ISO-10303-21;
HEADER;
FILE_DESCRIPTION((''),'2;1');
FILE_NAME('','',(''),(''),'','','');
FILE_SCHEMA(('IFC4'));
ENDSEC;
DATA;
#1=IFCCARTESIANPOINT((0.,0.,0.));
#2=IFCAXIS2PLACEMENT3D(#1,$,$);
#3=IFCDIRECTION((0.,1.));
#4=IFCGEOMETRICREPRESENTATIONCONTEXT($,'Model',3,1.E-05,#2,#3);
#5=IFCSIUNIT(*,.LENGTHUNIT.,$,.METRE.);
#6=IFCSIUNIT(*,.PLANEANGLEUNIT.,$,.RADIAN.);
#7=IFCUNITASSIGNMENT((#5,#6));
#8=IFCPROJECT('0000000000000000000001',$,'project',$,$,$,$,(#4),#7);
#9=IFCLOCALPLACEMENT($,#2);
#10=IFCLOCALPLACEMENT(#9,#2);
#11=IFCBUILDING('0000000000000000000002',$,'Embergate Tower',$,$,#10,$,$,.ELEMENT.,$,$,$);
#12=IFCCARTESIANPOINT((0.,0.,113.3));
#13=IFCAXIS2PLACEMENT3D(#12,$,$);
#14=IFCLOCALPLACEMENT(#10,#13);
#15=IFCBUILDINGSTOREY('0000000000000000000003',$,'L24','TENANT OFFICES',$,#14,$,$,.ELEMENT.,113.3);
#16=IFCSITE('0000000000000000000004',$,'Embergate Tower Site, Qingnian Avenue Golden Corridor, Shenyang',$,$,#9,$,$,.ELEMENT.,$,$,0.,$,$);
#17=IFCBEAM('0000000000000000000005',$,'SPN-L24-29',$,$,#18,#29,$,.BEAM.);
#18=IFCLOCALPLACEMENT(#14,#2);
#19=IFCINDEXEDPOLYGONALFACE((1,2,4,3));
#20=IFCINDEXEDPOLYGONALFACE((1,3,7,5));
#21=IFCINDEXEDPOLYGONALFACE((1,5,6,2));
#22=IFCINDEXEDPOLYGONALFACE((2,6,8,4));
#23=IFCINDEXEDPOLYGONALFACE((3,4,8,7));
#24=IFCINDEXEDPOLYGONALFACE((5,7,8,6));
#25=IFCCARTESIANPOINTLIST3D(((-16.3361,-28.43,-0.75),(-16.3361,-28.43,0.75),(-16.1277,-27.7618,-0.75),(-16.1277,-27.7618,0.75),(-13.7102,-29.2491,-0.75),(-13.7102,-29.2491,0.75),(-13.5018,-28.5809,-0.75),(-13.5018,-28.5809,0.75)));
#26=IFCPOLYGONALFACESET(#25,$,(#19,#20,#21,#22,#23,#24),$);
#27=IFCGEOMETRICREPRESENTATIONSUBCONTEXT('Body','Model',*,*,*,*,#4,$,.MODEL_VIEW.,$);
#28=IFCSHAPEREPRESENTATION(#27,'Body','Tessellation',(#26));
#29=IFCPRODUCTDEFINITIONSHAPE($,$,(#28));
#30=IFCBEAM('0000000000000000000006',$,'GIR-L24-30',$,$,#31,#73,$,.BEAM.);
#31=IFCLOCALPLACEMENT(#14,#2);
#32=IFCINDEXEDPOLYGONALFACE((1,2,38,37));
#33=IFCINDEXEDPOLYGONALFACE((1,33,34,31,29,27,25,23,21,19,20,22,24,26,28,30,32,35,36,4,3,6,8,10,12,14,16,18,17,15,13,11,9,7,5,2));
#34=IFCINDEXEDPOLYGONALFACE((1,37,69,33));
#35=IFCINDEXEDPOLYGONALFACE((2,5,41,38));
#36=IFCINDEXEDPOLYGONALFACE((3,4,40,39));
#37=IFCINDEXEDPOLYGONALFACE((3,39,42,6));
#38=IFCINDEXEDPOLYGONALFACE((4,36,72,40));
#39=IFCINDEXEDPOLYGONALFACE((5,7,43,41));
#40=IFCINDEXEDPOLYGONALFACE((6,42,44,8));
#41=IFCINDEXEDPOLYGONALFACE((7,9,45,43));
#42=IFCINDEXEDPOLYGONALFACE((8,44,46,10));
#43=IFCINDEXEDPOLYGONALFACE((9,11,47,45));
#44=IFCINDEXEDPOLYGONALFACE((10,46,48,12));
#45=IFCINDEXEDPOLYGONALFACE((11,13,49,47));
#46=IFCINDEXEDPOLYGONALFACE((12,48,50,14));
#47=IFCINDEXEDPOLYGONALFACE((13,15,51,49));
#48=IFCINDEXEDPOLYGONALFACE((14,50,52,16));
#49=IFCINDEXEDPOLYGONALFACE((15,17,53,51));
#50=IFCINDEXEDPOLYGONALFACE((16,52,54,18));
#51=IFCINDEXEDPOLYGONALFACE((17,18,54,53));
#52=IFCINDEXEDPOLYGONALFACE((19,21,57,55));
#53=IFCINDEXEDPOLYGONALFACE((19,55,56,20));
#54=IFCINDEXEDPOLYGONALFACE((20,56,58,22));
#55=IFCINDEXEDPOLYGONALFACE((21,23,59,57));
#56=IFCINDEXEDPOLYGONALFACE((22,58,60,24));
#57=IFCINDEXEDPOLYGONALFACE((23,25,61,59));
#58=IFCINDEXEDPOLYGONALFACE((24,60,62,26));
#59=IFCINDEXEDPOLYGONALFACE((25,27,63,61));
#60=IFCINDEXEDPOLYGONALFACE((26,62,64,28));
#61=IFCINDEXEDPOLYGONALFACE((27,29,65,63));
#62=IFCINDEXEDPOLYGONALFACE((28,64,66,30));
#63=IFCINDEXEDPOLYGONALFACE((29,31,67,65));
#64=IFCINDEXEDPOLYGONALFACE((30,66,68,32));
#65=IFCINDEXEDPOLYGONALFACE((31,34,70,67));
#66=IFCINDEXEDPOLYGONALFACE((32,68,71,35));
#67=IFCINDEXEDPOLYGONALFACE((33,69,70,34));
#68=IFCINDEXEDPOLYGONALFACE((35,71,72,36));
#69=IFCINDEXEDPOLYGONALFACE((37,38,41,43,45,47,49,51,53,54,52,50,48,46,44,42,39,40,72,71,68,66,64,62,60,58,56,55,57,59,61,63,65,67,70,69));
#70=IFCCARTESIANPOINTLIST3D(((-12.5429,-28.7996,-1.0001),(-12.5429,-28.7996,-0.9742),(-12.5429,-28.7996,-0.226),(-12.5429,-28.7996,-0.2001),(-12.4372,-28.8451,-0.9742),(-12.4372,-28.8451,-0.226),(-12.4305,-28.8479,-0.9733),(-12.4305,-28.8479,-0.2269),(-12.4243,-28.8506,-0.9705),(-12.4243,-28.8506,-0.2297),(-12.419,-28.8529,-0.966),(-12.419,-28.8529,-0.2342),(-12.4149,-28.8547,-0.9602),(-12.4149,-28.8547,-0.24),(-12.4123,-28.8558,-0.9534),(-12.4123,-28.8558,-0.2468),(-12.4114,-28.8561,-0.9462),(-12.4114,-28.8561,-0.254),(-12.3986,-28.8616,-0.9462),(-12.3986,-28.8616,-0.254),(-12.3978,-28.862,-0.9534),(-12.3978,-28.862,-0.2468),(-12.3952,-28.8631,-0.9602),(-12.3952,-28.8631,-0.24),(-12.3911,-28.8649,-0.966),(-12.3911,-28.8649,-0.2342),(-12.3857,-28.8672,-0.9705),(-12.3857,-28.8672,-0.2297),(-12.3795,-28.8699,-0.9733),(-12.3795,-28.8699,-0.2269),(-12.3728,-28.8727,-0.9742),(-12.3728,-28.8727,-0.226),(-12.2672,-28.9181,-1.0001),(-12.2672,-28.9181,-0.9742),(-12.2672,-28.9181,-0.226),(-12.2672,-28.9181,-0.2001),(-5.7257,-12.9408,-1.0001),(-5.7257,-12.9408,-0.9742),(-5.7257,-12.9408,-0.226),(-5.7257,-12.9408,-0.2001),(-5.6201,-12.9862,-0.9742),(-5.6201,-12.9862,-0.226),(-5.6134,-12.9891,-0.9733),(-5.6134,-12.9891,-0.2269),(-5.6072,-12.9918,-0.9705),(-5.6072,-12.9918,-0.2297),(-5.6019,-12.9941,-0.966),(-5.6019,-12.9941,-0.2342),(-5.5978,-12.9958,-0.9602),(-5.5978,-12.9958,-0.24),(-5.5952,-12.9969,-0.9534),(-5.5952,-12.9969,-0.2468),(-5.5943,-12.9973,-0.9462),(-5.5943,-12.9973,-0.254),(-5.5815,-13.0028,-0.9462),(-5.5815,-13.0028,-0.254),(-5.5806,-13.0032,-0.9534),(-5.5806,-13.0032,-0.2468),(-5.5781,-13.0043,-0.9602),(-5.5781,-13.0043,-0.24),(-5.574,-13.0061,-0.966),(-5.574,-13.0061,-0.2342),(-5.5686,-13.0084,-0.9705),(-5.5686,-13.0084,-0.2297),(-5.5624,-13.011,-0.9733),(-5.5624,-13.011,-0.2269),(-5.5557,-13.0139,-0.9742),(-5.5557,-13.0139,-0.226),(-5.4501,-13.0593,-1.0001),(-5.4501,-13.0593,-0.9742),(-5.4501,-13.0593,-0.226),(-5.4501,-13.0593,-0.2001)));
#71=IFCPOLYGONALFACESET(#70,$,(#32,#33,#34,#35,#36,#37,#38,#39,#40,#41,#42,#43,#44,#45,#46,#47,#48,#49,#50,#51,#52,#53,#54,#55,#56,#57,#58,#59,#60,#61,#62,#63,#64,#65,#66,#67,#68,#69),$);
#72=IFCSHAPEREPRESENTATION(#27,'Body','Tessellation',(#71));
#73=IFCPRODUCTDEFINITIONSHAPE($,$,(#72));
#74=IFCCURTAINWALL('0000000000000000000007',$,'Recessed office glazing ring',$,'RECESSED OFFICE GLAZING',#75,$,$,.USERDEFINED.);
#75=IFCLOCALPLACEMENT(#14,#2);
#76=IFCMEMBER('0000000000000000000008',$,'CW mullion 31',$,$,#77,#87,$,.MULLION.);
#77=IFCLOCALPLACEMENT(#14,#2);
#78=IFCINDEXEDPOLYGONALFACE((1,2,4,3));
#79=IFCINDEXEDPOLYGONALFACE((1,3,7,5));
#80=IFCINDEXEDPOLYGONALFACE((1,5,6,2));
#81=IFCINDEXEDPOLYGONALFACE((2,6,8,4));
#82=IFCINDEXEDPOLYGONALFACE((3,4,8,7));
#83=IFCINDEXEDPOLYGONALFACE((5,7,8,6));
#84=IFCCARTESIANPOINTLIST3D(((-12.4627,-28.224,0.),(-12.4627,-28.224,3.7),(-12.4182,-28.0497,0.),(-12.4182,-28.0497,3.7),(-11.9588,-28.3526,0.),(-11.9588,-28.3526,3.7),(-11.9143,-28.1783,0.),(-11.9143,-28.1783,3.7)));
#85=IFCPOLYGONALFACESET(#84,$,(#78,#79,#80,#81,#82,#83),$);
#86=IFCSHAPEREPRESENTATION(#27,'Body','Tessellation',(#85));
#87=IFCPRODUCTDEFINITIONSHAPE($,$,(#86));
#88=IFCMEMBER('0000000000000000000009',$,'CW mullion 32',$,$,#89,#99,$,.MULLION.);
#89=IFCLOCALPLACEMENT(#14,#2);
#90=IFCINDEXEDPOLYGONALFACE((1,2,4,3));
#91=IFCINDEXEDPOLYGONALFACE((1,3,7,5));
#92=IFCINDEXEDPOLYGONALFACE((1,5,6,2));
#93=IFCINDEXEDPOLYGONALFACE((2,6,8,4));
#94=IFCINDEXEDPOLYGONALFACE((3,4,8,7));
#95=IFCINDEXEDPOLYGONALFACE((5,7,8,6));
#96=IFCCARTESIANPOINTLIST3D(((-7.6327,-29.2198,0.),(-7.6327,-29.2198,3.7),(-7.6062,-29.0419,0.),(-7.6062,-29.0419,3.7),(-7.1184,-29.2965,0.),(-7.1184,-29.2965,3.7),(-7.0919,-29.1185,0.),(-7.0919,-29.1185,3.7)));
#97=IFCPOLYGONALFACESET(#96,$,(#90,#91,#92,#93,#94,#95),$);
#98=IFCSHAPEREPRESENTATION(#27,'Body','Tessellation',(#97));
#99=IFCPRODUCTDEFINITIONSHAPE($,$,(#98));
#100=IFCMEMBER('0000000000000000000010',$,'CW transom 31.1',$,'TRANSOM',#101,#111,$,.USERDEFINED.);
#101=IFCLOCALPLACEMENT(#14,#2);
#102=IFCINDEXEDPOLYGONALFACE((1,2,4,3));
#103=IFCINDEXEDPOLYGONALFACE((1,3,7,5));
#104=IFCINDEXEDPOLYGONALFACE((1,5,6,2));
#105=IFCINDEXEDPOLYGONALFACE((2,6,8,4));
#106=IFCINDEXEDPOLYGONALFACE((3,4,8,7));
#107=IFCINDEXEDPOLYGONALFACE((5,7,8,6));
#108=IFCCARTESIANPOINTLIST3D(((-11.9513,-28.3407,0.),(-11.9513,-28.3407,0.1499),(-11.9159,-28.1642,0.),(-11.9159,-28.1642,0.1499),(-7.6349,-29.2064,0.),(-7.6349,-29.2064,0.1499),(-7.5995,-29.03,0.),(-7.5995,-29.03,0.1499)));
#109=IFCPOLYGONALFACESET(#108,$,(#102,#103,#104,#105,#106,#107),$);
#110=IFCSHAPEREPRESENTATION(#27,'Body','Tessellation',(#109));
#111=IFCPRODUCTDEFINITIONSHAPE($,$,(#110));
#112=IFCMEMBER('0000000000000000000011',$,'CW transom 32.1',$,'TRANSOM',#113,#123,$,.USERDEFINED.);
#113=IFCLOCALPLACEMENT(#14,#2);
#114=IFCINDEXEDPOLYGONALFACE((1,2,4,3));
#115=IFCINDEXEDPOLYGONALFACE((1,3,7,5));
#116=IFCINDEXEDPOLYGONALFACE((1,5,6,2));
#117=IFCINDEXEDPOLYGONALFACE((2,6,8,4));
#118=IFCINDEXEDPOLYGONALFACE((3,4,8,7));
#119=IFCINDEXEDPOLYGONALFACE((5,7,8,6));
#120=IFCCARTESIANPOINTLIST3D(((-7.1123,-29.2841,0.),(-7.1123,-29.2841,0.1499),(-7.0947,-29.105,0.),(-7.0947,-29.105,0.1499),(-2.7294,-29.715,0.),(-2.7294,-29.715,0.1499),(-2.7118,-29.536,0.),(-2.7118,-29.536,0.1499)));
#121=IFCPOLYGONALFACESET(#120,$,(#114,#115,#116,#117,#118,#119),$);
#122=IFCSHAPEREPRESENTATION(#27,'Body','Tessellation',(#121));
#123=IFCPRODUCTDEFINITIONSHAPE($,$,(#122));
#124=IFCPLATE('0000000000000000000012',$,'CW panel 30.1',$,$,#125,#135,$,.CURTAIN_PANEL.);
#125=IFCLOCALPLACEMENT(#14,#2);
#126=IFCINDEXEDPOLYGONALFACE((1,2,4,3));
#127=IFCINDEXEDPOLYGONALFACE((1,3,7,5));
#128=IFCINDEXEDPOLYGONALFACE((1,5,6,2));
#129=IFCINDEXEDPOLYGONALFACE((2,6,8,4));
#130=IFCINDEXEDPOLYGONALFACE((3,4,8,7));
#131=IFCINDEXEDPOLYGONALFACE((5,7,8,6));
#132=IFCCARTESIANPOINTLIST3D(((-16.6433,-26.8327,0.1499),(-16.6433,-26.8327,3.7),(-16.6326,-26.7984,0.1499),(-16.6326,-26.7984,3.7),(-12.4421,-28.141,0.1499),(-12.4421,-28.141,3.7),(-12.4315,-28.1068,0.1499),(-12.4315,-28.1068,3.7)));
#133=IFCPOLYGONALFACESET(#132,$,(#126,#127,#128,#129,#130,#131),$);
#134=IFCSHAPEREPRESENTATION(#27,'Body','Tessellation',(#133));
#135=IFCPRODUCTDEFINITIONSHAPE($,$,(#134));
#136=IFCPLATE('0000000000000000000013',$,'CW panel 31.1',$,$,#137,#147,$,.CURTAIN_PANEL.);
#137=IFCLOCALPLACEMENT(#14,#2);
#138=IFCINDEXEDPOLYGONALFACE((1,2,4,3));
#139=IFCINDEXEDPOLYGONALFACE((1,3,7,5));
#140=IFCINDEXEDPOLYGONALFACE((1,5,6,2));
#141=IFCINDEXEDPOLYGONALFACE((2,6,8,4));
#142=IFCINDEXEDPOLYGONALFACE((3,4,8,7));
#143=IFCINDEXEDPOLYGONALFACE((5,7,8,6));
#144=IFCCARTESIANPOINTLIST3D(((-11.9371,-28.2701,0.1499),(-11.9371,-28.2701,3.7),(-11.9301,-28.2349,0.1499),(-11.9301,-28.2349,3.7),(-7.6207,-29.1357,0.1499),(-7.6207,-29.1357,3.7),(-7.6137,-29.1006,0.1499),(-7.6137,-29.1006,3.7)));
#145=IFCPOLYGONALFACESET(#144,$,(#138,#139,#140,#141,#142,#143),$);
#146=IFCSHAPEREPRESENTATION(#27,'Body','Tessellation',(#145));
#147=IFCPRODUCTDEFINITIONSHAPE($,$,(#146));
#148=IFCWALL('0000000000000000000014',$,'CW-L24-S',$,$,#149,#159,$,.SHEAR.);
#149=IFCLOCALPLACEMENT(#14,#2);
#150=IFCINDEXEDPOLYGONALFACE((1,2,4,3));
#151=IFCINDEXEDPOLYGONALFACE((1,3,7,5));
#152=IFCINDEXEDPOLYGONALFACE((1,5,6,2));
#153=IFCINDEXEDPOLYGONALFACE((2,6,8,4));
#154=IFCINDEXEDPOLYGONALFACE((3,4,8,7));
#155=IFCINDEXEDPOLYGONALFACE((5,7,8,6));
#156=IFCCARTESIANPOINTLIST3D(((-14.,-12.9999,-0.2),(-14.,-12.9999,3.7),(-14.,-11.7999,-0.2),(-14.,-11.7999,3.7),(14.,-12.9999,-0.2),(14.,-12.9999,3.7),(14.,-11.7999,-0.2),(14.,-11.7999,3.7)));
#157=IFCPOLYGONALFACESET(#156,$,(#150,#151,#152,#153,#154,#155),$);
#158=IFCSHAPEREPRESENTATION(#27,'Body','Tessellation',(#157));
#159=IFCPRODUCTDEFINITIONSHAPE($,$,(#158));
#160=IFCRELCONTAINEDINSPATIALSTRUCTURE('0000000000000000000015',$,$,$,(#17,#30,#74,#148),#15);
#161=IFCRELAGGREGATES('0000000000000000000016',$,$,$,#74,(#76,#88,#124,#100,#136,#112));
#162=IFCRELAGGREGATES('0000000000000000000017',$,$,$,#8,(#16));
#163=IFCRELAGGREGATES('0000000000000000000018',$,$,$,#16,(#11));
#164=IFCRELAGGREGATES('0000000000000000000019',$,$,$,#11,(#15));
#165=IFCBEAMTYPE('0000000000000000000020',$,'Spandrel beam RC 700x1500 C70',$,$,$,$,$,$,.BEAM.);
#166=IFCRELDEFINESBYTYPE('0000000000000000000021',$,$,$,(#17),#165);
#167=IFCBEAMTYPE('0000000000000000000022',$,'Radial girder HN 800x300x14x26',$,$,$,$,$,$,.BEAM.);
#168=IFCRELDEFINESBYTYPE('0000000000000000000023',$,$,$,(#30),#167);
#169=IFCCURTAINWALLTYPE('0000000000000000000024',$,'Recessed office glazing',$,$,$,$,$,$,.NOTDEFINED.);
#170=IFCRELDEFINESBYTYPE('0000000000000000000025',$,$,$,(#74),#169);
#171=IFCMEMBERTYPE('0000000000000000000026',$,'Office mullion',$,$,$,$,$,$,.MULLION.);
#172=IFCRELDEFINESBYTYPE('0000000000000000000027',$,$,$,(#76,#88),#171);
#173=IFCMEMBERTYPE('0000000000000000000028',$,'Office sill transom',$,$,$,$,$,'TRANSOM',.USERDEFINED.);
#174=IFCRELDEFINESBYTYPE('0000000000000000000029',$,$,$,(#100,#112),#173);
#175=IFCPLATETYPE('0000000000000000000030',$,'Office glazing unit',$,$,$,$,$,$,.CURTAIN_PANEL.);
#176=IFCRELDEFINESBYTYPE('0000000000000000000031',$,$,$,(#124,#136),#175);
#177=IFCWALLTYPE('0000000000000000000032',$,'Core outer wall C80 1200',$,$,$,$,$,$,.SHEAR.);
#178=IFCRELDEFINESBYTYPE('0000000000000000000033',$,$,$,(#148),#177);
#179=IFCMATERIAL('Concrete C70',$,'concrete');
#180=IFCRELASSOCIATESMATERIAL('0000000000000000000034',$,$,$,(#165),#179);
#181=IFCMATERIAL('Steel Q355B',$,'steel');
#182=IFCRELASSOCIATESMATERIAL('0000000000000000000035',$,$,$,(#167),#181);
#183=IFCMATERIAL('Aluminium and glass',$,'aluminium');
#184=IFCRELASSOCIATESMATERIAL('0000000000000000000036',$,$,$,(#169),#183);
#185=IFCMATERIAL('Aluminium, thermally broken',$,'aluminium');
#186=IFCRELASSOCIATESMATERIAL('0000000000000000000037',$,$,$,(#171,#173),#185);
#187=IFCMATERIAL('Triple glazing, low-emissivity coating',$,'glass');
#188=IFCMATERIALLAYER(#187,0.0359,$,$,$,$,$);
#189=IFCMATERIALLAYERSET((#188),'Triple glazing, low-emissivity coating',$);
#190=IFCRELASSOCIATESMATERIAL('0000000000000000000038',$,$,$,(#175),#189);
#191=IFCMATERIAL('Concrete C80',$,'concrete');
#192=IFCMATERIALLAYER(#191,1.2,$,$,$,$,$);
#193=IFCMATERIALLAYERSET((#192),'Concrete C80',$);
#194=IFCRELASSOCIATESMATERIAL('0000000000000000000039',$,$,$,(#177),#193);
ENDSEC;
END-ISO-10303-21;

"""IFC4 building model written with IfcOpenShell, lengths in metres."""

from ifc_helpers import new_model, si_unit, direction, frame, frame_2d, origin, origin_2d, place, context, subcontext, project, spatial, rectangle, i_section, extrude, source, transform, mapped, material, layer, layer_set, material_profile, profile_set, type_object, element, aggregate, save


model = new_model("IFC4")

# Units and contexts
model_context = context("Model", 3, precision=1e-05, world=origin(), true_north=direction((0.0, 1.0)))
body_context = subcontext(model_context, "Body", "Model", "MODEL_VIEW")
ifc_project = project(units=[si_unit("LENGTHUNIT", "METRE"), si_unit("PLANEANGLEUNIT", "RADIAN")], contexts=[model_context])

# Site, building, storey
site_placement = place(None, origin())
site = spatial("IfcSite", under=ifc_project, at=site_placement, Name="Embergate Tower Site, Qingnian Avenue Golden Corridor, Shenyang", CompositionType="ELEMENT", RefElevation=0.0)
building_placement = place(site_placement, origin())
building = spatial("IfcBuilding", under=site, at=building_placement, Name="Embergate Tower", CompositionType="ELEMENT")
storey_placement = place(building_placement, frame((0.0, 0.0, 113.3)))
storey = spatial("IfcBuildingStorey", under=building, at=storey_placement, Name="L24", Description="TENANT OFFICES", CompositionType="ELEMENT", Elevation=113.3)

# Beams
ifc_material_1 = material(Name="Concrete C70", Category="concrete")
ifc_material_profile_1 = material_profile(ifc_material_1, rectangle(XDim=0.7, YDim=1.5, at=origin_2d()), Name="RC 700x1500")
ifc_profile_set_1 = profile_set([ifc_material_profile_1], Name="Concrete C70")
beam_type_1 = type_object("IfcBeamType", Name="Spandrel beam RC 700x1500 C70", PredefinedType="BEAM", material=ifc_profile_set_1)
shared_shape_1 = source(origin(), body_context, "Body", "SweptSolid", [
    extrude(rectangle(XDim=0.7, YDim=1.5, at=origin_2d()), origin(), (0.0, 0.0, 1.0), 2.7507),
])
beam_1_placement = place(storey_placement, frame((-16.2319, -28.0959, 0.0), z_axis=(0.954638, -0.29777, 0.0), x_axis=(0.29777, 0.954638, 0.0)))
element("IfcBeam", 1, at=beam_1_placement, inside=storey, type_object=beam_type_1, Name="SPN-L24-29", PredefinedType="BEAM", context=body_context, shape_type="MappedRepresentation", body=[
    mapped(shared_shape_1, transform((0.0, 0.0, 0.0))),
])
ifc_material_2 = material(Name="Steel Q355B", Category="steel")
ifc_material_profile_2 = material_profile(ifc_material_2, i_section(OverallWidth=0.3, OverallDepth=0.8, WebThickness=0.0139, FlangeThickness=0.0259, FilletRadius=0.0281, at=origin_2d()), Name="HN 800x300x14x26")
ifc_profile_set_2 = profile_set([ifc_material_profile_2], Name="Steel Q355 grade B")
beam_type_2 = type_object("IfcBeamType", Name="Radial girder HN 800x300x14x26", PredefinedType="BEAM", material=ifc_profile_set_2)
shared_shape_2 = source(origin(), body_context, "Body", "SweptSolid", [
    extrude(i_section(OverallWidth=0.3, OverallDepth=0.8, WebThickness=0.0139, FlangeThickness=0.0259, FilletRadius=0.0281, at=origin_2d()), origin(), (0.0, 0.0, 1.0), 17.262),
])
beam_2_placement = place(storey_placement, frame((-12.405, -28.8589, -0.6001), z_axis=(0.394921, 0.918715, 0.0), x_axis=(-0.918715, 0.394921, 0.0)))
element("IfcBeam", 2, at=beam_2_placement, inside=storey, type_object=beam_type_2, Name="GIR-L24-30", PredefinedType="BEAM", context=body_context, shape_type="MappedRepresentation", body=[
    mapped(shared_shape_2, transform((0.0, 0.0, 0.0))),
])

# Curtain wall, members, plates
ifc_material_3 = material(Name="Aluminium and glass", Category="aluminium")
curtain_wall_type = type_object("IfcCurtainWallType", Name="Recessed office glazing", PredefinedType="NOTDEFINED", material=ifc_material_3)
curtain_wall_placement = place(storey_placement, origin())
curtain_wall = element("IfcCurtainWall", 3, at=curtain_wall_placement, inside=storey, type_object=curtain_wall_type, Name="Recessed office glazing ring", ObjectType="RECESSED OFFICE GLAZING", PredefinedType="USERDEFINED")
ifc_material_4 = material(Name="Aluminium, thermally broken", Category="aluminium")
ifc_material_profile_3 = material_profile(ifc_material_4, rectangle(XDim=0.1799, YDim=0.52, at=origin_2d()), Name="AL 520x180")
ifc_profile_set_3 = profile_set([ifc_material_profile_3], Name="Aluminium, thermally broken")
member_type_1 = type_object("IfcMemberType", Name="Office mullion", PredefinedType="MULLION", material=ifc_profile_set_3)
shared_shape_3 = source(origin(), body_context, "Body", "SweptSolid", [
    extrude(rectangle(XDim=0.1799, YDim=0.52, at=origin_2d()), origin(), (0.0, 0.0, 1.0), 3.7),
])
member_1_placement = place(storey_placement, frame((-12.1885, -28.2012, 0.0), z_axis=(0.0, 0.0, 1.0), x_axis=(0.247315, 0.968935, 0.0)))
member_1 = element("IfcMember", 4, at=member_1_placement, type_object=member_type_1, Name="CW mullion 31", PredefinedType="MULLION", context=body_context, shape_type="MappedRepresentation", body=[
    mapped(shared_shape_3, transform((0.0, 0.0, 0.0))),
])
member_2_placement = place(storey_placement, frame((-7.3623, -29.1692, 0.0), z_axis=(0.0, 0.0, 1.0), x_axis=(0.147414, 0.989075, 0.0)))
member_2 = element("IfcMember", 5, at=member_2_placement, type_object=member_type_1, Name="CW mullion 32", PredefinedType="MULLION", context=body_context, shape_type="MappedRepresentation", body=[
    mapped(shared_shape_3, transform((0.0, 0.0, 0.0))),
])
ifc_material_profile_4 = material_profile(ifc_material_4, rectangle(XDim=0.1799, YDim=0.1499, at=origin_2d()), Name="AL 150x180")
ifc_profile_set_4 = profile_set([ifc_material_profile_4], Name="Aluminium, thermally broken")
member_type_2 = type_object("IfcMemberType", Name="Office sill transom", ElementType="TRANSOM", PredefinedType="USERDEFINED", material=ifc_profile_set_4)
shared_shape_4 = source(origin(), body_context, "Body", "SweptSolid", [
    extrude(rectangle(XDim=0.1799, YDim=0.1499, at=origin_2d()), origin(), (0.0, 0.0, 1.0), 4.4023),
])
member_3_placement = place(storey_placement, frame((-11.9336, -28.2524, 0.075), z_axis=(0.980474, -0.196649, 0.0), x_axis=(0.196649, 0.980474, 0.0)))
member_3 = element("IfcMember", 6, at=member_3_placement, type_object=member_type_2, Name="CW transom 31.1", ObjectType="TRANSOM", PredefinedType="USERDEFINED", context=body_context, shape_type="MappedRepresentation", body=[
    mapped(shared_shape_4, transform((0.0, 0.0, 0.0))),
])
shared_shape_5 = source(origin(), body_context, "Body", "SweptSolid", [
    extrude(rectangle(XDim=0.1799, YDim=0.1499, at=origin_2d()), origin(), (0.0, 0.0, 1.0), 4.4041),
])
member_4_placement = place(storey_placement, frame((-7.1035, -29.1946, 0.075), z_axis=(0.995202, -0.097846, 0.0), x_axis=(0.097846, 0.995202, 0.0)))
member_4 = element("IfcMember", 7, at=member_4_placement, type_object=member_type_2, Name="CW transom 32.1", ObjectType="TRANSOM", PredefinedType="USERDEFINED", context=body_context, shape_type="MappedRepresentation", body=[
    mapped(shared_shape_5, transform((0.0, 0.0, 0.0))),
])
ifc_material_5 = material(Name="Triple glazing, low-emissivity coating", Category="glass")
ifc_layer_1 = layer(ifc_material_5, 0.0359)
ifc_layer_set_1 = layer_set([ifc_layer_1], Name="Triple glazing, low-emissivity coating")
plate_type = type_object("IfcPlateType", Name="Office glazing unit", PredefinedType="CURTAIN_PANEL", material=ifc_layer_set_1)
shared_shape_6 = source(origin(), body_context, "Body", "SweptSolid", [
    extrude(rectangle(XDim=4.4001, YDim=0.0359, at=origin_2d()), origin(), (0.0, 0.0, 1.0), 3.55),
])
plate_1_placement = place(storey_placement, frame((-14.5374, -27.4697, 0.1499), z_axis=(0.0, 0.0, 1.0), x_axis=(0.954771, -0.297342, 0.0)))
plate_1 = element("IfcPlate", 8, at=plate_1_placement, type_object=plate_type, Name="CW panel 30.1", PredefinedType="CURTAIN_PANEL", context=body_context, shape_type="MappedRepresentation", body=[
    mapped(shared_shape_6, transform((0.0, 0.0, 0.0))),
])
shared_shape_7 = source(origin(), body_context, "Body", "SweptSolid", [
    extrude(rectangle(XDim=4.4023, YDim=0.0359, at=origin_2d()), origin(), (0.0, 0.0, 1.0), 3.55),
])
plate_2_placement = place(storey_placement, frame((-9.7754, -28.6853, 0.1499), z_axis=(0.0, 0.0, 1.0), x_axis=(0.980475, -0.196643, 0.0)))
plate_2 = element("IfcPlate", 9, at=plate_2_placement, type_object=plate_type, Name="CW panel 31.1", PredefinedType="CURTAIN_PANEL", context=body_context, shape_type="MappedRepresentation", body=[
    mapped(shared_shape_7, transform((0.0, 0.0, 0.0))),
])
aggregate(curtain_wall, [member_1, member_2, plate_1, member_3, plate_2, member_4])

# Wall
ifc_material_6 = material(Name="Concrete C80", Category="concrete")
ifc_layer_2 = layer(ifc_material_6, 1.2)
ifc_layer_set_2 = layer_set([ifc_layer_2], Name="Concrete C80")
wall_type_1 = type_object("IfcWallType", Name="Core outer wall C80 1200", PredefinedType="SHEAR", material=ifc_layer_set_2)
shared_shape_8 = source(origin(), body_context, "Body", "SweptSolid", [
    extrude(rectangle(XDim=28.0, YDim=1.2, at=frame_2d((14.0, 0.0))), origin(), (0.0, 0.0, 1.0), 3.8999),
])
wall_1_placement = place(storey_placement, frame((-14.0, -12.3999, -0.2), z_axis=(0.0, 0.0, 1.0), x_axis=(1.0, 0.0, 0.0)))
element("IfcWall", 10, at=wall_1_placement, inside=storey, type_object=wall_type_1, Name="CW-L24-S", PredefinedType="SHEAR", context=body_context, shape_type="MappedRepresentation", body=[
    mapped(shared_shape_8, transform((0.0, 0.0, 0.0))),
])

save(model, "model.ifc")
